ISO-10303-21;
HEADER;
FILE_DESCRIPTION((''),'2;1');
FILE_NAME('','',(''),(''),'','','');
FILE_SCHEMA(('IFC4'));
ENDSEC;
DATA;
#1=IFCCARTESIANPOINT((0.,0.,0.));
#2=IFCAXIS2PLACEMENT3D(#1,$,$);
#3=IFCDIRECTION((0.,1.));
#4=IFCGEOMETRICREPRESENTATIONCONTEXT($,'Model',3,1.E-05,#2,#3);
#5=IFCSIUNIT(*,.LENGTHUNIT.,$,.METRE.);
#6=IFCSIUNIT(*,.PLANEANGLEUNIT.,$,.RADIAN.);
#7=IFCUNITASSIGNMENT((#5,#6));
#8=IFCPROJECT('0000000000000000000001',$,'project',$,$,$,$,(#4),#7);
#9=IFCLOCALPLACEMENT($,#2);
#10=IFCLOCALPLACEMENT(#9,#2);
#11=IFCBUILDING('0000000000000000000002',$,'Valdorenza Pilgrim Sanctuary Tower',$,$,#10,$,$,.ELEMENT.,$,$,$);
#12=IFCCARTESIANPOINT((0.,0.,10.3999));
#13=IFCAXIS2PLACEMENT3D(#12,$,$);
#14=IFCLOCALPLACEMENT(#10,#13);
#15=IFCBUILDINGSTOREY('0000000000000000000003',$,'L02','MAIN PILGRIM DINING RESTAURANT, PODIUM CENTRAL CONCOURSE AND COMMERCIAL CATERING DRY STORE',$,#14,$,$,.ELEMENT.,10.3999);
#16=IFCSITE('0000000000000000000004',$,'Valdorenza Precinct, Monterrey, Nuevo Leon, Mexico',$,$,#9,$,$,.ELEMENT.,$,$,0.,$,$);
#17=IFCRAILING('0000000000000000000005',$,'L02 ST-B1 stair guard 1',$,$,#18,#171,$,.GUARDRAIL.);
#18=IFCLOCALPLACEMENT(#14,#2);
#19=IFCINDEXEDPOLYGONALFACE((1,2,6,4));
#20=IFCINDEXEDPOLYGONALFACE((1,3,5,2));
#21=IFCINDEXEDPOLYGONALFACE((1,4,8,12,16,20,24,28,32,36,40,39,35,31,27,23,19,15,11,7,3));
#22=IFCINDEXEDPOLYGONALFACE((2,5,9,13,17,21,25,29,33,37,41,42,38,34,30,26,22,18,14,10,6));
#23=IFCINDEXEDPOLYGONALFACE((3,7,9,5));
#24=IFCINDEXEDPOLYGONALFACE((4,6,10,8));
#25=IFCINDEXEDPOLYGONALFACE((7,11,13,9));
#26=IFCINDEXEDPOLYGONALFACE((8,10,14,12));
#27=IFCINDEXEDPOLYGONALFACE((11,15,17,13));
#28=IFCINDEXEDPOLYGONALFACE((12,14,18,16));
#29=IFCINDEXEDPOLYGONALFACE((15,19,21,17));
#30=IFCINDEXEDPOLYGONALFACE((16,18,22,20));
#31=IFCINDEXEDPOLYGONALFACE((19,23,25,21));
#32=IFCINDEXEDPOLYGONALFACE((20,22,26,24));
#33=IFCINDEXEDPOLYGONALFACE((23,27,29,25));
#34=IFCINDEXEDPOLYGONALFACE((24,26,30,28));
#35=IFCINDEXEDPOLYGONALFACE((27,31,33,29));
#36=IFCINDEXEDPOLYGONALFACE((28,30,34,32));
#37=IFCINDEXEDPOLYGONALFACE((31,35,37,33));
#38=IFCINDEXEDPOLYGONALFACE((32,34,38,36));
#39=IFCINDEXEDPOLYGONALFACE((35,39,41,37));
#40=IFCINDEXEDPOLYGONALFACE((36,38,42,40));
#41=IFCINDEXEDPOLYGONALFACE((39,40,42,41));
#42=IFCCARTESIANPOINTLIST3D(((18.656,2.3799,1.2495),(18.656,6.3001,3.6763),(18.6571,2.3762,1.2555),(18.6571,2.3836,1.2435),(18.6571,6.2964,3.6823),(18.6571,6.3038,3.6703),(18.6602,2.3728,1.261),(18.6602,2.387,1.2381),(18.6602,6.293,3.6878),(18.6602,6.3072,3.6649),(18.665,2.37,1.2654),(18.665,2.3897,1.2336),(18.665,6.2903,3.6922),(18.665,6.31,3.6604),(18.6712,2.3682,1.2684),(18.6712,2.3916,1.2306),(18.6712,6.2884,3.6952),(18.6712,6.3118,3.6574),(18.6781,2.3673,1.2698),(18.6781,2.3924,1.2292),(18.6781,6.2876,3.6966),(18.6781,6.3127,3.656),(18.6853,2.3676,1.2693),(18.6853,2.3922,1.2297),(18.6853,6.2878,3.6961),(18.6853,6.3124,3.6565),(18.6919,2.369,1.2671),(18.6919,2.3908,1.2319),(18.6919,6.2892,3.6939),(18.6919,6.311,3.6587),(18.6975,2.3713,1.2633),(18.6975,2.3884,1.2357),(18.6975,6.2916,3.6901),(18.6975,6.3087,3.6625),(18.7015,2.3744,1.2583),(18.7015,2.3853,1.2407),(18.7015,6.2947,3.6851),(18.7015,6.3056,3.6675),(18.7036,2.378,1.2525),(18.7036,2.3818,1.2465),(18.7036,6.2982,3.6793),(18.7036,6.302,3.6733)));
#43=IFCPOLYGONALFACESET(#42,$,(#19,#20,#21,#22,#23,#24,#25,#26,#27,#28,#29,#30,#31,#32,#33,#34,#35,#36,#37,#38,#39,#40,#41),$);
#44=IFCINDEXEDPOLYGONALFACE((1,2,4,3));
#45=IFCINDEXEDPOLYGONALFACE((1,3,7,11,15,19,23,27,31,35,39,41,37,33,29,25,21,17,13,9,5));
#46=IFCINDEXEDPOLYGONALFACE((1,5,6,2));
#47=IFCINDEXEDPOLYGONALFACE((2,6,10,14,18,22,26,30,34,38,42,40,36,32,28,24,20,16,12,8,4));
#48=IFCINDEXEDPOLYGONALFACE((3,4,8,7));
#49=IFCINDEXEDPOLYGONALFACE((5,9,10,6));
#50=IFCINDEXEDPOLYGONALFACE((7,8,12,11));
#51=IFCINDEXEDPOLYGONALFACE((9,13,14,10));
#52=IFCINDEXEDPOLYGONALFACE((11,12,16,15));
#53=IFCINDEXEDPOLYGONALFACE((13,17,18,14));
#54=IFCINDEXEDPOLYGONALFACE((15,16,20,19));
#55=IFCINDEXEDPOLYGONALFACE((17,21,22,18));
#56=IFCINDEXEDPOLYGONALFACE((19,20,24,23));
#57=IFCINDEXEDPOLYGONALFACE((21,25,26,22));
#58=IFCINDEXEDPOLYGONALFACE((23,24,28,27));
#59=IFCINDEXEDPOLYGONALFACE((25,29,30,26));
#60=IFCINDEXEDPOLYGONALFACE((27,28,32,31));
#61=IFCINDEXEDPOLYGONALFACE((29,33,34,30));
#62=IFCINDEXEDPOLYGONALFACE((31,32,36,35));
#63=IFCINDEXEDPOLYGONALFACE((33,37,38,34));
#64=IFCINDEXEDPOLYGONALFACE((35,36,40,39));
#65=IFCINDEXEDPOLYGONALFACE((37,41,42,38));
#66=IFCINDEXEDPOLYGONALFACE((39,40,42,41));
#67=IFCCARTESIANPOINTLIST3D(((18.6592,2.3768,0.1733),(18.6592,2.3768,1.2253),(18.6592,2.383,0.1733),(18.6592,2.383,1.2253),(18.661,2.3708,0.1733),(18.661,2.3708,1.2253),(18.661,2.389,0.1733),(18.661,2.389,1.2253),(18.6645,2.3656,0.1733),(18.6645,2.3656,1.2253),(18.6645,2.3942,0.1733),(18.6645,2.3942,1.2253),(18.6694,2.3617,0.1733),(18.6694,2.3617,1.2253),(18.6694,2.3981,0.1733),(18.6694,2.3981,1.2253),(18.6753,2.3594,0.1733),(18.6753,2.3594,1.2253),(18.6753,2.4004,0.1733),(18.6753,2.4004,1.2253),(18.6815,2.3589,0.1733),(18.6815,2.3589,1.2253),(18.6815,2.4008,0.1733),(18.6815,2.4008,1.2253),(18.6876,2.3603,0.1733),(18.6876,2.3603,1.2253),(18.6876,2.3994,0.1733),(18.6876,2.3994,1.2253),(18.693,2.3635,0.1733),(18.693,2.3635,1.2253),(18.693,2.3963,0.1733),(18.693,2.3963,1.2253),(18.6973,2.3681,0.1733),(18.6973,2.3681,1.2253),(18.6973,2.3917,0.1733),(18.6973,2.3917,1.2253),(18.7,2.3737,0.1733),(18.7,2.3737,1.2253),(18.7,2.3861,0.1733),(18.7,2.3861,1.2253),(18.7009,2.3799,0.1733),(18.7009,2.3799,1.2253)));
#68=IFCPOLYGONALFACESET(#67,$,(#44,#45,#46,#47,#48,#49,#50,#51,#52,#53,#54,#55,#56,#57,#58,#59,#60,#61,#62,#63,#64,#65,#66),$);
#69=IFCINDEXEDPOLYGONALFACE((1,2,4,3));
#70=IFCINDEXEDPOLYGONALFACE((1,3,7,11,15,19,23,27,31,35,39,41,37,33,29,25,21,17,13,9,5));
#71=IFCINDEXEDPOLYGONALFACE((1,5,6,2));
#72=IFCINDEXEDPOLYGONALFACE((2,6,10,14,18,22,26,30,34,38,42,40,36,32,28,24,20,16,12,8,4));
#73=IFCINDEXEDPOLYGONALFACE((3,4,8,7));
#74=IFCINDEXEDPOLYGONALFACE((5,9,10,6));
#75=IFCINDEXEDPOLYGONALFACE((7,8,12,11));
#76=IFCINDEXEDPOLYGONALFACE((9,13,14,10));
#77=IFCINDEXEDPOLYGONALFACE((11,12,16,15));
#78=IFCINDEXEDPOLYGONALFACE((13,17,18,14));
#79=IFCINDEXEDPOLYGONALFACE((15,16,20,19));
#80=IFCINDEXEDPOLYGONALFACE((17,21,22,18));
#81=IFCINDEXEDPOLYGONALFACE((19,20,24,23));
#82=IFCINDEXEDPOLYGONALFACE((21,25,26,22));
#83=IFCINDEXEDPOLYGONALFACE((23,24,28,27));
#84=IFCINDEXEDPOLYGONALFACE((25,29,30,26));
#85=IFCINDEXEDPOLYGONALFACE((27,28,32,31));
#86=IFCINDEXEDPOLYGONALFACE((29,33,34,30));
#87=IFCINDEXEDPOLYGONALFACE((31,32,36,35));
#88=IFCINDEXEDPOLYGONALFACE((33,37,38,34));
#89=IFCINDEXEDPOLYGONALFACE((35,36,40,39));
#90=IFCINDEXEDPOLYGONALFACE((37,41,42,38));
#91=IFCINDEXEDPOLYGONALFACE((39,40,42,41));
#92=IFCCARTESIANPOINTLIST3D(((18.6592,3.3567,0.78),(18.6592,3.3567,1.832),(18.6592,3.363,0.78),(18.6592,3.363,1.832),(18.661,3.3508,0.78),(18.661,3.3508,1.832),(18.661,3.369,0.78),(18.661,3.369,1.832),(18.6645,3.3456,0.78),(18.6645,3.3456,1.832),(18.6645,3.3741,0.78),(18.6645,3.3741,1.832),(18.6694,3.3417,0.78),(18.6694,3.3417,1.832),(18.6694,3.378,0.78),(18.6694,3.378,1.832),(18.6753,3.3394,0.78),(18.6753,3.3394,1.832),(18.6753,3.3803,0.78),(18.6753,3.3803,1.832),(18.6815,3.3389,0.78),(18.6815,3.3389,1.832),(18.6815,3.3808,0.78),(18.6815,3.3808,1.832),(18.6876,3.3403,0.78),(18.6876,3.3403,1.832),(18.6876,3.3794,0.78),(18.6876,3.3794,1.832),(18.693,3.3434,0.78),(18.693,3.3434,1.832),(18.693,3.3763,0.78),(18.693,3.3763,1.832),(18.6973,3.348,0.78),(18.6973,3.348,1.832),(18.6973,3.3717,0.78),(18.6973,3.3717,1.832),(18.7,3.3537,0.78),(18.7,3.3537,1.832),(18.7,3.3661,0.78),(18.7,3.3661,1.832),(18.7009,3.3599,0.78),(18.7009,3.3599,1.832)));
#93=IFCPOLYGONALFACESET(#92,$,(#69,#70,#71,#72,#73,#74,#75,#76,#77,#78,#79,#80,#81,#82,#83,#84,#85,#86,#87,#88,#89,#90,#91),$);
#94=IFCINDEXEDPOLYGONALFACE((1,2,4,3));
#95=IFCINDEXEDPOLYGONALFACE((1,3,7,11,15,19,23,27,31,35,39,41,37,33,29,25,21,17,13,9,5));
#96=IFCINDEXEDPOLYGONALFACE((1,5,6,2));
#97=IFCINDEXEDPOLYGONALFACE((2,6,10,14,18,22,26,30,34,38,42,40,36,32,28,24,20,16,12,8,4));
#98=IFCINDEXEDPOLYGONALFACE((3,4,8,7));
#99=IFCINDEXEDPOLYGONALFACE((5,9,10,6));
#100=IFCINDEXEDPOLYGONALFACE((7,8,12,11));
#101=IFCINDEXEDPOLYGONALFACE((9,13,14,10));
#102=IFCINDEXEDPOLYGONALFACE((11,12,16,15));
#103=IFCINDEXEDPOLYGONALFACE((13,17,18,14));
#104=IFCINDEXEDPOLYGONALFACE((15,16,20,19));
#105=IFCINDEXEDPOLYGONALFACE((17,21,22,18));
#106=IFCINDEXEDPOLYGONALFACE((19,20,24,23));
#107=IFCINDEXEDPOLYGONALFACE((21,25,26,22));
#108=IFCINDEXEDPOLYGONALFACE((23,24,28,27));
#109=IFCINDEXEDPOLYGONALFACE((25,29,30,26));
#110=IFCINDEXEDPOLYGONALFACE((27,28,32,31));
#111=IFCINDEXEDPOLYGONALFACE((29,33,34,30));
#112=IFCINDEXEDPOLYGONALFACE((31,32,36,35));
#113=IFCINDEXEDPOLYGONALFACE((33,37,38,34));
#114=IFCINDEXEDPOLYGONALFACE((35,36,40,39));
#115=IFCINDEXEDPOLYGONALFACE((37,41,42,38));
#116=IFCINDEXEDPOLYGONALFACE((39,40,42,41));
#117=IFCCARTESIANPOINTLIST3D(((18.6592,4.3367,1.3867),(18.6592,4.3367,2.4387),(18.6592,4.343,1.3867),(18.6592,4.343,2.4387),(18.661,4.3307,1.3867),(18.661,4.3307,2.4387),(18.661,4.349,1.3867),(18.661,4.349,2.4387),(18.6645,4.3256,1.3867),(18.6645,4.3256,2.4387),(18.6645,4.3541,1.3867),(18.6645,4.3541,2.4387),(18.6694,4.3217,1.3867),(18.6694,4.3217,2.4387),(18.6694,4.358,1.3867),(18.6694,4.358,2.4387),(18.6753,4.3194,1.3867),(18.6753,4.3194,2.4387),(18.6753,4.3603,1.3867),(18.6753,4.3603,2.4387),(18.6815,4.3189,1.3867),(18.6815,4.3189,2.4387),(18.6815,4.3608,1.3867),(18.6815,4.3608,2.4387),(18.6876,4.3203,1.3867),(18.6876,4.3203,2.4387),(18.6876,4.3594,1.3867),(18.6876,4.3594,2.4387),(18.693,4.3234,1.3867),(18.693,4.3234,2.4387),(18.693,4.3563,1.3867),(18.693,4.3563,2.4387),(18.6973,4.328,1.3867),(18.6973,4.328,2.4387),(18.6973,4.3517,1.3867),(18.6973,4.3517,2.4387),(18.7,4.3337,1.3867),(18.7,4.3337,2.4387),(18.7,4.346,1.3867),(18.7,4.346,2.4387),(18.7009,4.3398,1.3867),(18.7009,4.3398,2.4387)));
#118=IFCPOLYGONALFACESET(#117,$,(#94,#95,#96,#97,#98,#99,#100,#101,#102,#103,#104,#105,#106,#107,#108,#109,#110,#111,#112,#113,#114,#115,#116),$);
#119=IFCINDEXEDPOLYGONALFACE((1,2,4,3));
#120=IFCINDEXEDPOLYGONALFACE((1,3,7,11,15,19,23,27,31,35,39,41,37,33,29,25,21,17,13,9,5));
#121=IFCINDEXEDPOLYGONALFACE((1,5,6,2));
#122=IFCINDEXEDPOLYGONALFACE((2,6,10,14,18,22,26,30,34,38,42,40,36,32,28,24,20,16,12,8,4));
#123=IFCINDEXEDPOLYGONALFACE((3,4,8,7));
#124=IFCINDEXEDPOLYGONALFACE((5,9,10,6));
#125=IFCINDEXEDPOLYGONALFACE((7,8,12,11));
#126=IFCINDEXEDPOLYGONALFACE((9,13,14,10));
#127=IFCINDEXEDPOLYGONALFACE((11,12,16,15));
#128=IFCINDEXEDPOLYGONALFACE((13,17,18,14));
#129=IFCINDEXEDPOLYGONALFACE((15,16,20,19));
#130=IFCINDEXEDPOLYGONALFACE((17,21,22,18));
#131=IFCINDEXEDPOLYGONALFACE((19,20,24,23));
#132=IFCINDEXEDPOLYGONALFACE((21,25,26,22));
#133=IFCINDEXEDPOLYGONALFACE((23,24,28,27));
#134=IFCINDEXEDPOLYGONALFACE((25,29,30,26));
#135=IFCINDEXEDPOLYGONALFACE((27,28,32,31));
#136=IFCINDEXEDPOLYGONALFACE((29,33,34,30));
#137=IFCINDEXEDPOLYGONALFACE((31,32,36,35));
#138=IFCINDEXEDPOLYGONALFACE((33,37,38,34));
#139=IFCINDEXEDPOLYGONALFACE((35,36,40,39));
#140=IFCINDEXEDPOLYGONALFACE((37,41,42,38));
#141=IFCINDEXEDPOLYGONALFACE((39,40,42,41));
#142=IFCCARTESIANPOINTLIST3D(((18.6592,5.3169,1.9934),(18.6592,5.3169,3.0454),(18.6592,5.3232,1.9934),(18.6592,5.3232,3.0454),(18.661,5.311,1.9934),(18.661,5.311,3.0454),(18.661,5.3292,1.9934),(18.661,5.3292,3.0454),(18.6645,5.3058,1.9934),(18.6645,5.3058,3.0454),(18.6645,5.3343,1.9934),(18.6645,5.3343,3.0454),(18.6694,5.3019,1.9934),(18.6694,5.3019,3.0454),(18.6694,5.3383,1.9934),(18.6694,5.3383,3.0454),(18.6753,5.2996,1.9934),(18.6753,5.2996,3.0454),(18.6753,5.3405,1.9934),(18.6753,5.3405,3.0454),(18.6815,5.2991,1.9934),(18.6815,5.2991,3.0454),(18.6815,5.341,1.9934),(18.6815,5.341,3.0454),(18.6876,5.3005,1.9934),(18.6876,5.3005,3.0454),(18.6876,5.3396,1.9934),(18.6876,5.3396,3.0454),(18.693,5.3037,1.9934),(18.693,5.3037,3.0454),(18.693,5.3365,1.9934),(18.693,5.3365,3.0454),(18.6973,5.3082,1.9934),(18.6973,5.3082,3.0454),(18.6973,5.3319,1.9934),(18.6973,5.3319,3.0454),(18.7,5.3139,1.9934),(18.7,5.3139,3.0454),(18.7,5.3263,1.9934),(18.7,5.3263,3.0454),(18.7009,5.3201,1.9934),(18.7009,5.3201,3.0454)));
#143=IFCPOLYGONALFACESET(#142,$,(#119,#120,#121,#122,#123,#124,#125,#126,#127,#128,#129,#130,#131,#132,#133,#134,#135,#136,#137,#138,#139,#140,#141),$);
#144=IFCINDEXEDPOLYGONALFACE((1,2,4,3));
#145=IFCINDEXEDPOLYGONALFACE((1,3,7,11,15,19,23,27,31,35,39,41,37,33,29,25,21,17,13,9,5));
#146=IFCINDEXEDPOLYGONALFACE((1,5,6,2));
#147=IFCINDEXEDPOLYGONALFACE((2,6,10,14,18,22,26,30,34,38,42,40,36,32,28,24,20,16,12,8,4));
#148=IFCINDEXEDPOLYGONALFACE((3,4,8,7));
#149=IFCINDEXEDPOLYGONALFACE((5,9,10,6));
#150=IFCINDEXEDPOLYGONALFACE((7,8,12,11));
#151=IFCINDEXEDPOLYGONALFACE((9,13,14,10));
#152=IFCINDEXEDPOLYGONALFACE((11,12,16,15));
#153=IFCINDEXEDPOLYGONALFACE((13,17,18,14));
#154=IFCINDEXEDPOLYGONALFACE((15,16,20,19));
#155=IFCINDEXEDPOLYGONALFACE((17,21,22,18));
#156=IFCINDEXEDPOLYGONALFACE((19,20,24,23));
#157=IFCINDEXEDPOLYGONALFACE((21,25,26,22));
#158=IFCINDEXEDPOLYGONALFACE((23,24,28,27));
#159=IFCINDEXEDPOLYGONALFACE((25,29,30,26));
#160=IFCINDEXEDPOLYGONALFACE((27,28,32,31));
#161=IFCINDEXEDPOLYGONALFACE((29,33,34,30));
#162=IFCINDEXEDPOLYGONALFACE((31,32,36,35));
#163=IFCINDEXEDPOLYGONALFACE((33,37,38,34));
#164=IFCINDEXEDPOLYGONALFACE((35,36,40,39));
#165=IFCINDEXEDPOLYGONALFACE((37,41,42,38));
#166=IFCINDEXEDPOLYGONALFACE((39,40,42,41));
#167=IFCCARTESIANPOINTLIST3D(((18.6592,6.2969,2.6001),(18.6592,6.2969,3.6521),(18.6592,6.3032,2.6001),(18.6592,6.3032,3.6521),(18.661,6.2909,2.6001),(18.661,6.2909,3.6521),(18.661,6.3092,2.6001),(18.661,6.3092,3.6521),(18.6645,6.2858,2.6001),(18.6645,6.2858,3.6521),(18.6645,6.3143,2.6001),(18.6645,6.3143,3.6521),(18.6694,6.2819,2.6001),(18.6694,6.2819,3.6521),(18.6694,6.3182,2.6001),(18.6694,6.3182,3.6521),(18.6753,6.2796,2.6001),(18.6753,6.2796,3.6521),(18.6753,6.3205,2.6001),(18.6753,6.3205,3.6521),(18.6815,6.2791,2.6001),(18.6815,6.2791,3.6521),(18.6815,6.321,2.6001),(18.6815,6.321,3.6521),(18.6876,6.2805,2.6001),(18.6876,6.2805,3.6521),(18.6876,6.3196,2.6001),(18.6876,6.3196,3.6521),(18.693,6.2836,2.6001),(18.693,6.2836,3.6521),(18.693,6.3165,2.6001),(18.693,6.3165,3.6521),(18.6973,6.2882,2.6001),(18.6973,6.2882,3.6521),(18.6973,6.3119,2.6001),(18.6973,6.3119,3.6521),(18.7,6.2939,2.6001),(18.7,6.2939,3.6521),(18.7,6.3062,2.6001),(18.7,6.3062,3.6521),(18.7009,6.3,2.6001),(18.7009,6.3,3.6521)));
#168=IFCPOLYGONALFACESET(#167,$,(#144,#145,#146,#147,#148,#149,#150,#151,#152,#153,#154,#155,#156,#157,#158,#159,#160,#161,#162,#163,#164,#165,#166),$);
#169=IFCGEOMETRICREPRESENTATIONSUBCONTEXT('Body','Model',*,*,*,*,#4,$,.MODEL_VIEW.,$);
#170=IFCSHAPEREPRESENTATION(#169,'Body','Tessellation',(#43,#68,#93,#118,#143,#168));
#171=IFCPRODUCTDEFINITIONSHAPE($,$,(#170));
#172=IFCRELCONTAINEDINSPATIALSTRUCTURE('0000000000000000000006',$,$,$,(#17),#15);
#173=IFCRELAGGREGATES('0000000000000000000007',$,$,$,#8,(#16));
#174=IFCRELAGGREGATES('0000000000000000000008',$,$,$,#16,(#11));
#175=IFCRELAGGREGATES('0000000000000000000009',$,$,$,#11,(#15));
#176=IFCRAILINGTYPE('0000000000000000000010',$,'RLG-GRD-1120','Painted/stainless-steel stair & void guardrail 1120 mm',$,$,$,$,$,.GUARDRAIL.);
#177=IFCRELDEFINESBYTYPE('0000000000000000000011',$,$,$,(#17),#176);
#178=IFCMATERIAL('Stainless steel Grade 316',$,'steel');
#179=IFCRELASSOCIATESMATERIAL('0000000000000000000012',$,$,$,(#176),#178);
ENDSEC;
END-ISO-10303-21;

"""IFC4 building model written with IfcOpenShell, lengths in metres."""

from ifc_helpers import new_model, si_unit, direction, frame, origin, origin_2d, place, context, subcontext, project, spatial, circle, extrude, material, type_object, element, save


model = new_model("IFC4")

# Units and contexts
model_context = context("Model", 3, precision=1e-05, world=origin(), true_north=direction((0.0, 1.0)))
body_context = subcontext(model_context, "Body", "Model", "MODEL_VIEW")
ifc_project = project(units=[si_unit("LENGTHUNIT", "METRE"), si_unit("PLANEANGLEUNIT", "RADIAN")], contexts=[model_context])

# Site, building, storey
site_placement = place(None, origin())
site = spatial("IfcSite", under=ifc_project, at=site_placement, Name="Valdorenza Precinct, Monterrey, Nuevo Leon, Mexico", CompositionType="ELEMENT", RefElevation=0.0)
building_placement = place(site_placement, origin())
building = spatial("IfcBuilding", under=site, at=building_placement, Name="Valdorenza Pilgrim Sanctuary Tower", CompositionType="ELEMENT")
storey_placement = place(building_placement, frame((0.0, 0.0, 10.3999)))
storey = spatial("IfcBuildingStorey", under=building, at=storey_placement, Name="L02", Description="MAIN PILGRIM DINING RESTAURANT, PODIUM CENTRAL CONCOURSE AND COMMERCIAL CATERING DRY STORE", CompositionType="ELEMENT", Elevation=10.3999)

# Railing
ifc_material_1 = material(Name="Stainless steel Grade 316", Category="steel")
railing_type_1 = type_object("IfcRailingType", Name="RLG-GRD-1120", Description="Painted/stainless-steel stair & void guardrail 1120 mm", PredefinedType="GUARDRAIL", material=ifc_material_1)
railing_1_placement = place(storey_placement, frame((18.6799, 2.3799, 0.1733)))
element("IfcRailing", 1, at=railing_1_placement, inside=storey, type_object=railing_type_1, Name="L02 ST-B1 stair guard 1", PredefinedType="GUARDRAIL", context=body_context, shape_type="SweptSolid", body=[
    extrude(circle(Radius=0.0239, at=origin_2d()), frame((0.0, 0.0, 1.0762), z_axis=(0.0, 0.850266, 0.526353), x_axis=(-1.0, 0.0, 0.0)), (0.0, 0.0, 1.0), 4.6106),
    extrude(circle(Radius=0.021, at=origin_2d()), origin(), (0.0, 0.0, 1.0), 1.052),
    extrude(circle(Radius=0.021, at=origin_2d()), frame((0.0, 0.98, 0.6067)), (0.0, 0.0, 1.0), 1.052),
    extrude(circle(Radius=0.021, at=origin_2d()), frame((0.0, 1.96, 1.2134)), (0.0, 0.0, 1.0), 1.052),
    extrude(circle(Radius=0.021, at=origin_2d()), frame((0.0, 2.9402, 1.8201)), (0.0, 0.0, 1.0), 1.052),
    extrude(circle(Radius=0.021, at=origin_2d()), frame((0.0, 3.9202, 2.4268)), (0.0, 0.0, 1.0), 1.052),
])

save(model, "model.ifc")
